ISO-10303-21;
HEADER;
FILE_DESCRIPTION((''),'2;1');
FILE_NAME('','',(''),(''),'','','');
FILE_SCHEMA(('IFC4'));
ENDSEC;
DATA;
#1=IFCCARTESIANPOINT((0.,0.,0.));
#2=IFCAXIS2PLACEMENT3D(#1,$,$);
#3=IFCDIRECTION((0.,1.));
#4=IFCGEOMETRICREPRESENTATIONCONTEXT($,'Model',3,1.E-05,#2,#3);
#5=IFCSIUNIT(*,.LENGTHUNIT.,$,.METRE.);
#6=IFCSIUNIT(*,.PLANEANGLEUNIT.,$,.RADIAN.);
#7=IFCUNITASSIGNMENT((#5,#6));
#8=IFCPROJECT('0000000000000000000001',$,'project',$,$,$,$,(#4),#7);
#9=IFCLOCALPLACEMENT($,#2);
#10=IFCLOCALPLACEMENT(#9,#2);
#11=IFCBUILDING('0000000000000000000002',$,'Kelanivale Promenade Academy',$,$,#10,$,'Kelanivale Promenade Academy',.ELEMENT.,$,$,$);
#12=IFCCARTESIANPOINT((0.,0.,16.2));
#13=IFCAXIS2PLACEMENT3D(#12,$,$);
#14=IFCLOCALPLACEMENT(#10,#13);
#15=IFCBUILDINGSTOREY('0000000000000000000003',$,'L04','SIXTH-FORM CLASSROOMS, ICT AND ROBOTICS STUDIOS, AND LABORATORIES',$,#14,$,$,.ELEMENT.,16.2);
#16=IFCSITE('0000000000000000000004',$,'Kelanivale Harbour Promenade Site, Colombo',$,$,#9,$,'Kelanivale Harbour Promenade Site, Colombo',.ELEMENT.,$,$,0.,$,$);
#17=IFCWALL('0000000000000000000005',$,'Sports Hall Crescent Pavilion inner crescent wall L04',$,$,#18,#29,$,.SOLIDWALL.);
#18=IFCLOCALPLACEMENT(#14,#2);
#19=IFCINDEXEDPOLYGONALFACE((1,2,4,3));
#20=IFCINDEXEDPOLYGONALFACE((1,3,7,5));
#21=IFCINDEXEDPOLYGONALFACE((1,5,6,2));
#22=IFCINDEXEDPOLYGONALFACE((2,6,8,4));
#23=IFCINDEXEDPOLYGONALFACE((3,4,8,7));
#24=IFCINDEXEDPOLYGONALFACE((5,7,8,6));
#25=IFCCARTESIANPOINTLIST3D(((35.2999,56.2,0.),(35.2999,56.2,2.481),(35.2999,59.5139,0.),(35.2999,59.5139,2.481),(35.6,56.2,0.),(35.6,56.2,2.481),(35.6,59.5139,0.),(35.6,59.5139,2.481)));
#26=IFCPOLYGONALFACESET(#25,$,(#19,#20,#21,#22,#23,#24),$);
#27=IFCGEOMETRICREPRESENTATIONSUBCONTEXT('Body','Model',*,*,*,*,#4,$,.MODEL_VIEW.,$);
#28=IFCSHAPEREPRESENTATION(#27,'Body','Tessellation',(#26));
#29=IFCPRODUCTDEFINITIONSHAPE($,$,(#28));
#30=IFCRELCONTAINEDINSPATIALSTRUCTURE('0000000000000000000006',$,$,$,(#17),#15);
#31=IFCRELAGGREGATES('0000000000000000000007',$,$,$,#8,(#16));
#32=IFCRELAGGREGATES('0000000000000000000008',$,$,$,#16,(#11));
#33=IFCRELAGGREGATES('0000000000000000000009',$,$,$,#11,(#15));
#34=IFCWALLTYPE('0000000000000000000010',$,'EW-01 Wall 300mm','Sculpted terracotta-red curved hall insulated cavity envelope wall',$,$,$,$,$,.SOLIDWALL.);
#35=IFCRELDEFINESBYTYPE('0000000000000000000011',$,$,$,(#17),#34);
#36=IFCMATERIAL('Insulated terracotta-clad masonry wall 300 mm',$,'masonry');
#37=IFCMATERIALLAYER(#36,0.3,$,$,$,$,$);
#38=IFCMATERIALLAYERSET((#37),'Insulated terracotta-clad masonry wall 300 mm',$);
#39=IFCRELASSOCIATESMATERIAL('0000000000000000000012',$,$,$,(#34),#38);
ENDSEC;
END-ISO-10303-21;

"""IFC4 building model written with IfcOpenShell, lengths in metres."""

from ifc_helpers import new_model, si_unit, direction, frame, frame_2d, origin, place, context, subcontext, project, spatial, rectangle, extrude, material, layer, layer_set, type_object, element, save


model = new_model("IFC4")

# Units and contexts
model_context = context("Model", 3, precision=1e-05, world=origin(), true_north=direction((0.0, 1.0)))
body_context = subcontext(model_context, "Body", "Model", "MODEL_VIEW")
ifc_project = project(units=[si_unit("LENGTHUNIT", "METRE"), si_unit("PLANEANGLEUNIT", "RADIAN")], contexts=[model_context])

# Site, building, storey
site_placement = place(None, origin())
site = spatial("IfcSite", under=ifc_project, at=site_placement, Name="Kelanivale Harbour Promenade Site, Colombo", LongName="Kelanivale Harbour Promenade Site, Colombo", CompositionType="ELEMENT", RefElevation=0.0)
building_placement = place(site_placement, origin())
building = spatial("IfcBuilding", under=site, at=building_placement, Name="Kelanivale Promenade Academy", LongName="Kelanivale Promenade Academy", CompositionType="ELEMENT")
storey_placement = place(building_placement, frame((0.0, 0.0, 16.2)))
storey = spatial("IfcBuildingStorey", under=building, at=storey_placement, Name="L04", Description="SIXTH-FORM CLASSROOMS, ICT AND ROBOTICS STUDIOS, AND LABORATORIES", CompositionType="ELEMENT", Elevation=16.2)

# Wall
ifc_material_1 = material(Name="Insulated terracotta-clad masonry wall 300 mm", Category="masonry")
ifc_layer_1 = layer(ifc_material_1, 0.3)
ifc_layer_set_1 = layer_set([ifc_layer_1], Name="Insulated terracotta-clad masonry wall 300 mm")
wall_type = type_object("IfcWallType", Name="EW-01 Wall 300mm", Description="Sculpted terracotta-red curved hall insulated cavity envelope wall", PredefinedType="SOLIDWALL", material=ifc_layer_set_1)
for number, where, z_axis, x_axis, name in (
    (1, (35.45, 56.2, 0.0), (0.0, 0.0, 1.0), (0.0, 1.0, 0.0), "Sports Hall Crescent Pavilion inner crescent wall L04"),
):
    element("IfcWall", number, at=place(storey_placement, frame(where, z_axis=z_axis, x_axis=x_axis)), inside=storey, type_object=wall_type, Name=name, PredefinedType="SOLIDWALL", context=body_context, shape_type="SweptSolid", body=[
        extrude(rectangle(XDim=3.314, YDim=0.3, at=frame_2d((1.657, 0.0))), origin(), (0.0, 0.0, 1.0), 2.481),
    ])

save(model, "model.ifc")
